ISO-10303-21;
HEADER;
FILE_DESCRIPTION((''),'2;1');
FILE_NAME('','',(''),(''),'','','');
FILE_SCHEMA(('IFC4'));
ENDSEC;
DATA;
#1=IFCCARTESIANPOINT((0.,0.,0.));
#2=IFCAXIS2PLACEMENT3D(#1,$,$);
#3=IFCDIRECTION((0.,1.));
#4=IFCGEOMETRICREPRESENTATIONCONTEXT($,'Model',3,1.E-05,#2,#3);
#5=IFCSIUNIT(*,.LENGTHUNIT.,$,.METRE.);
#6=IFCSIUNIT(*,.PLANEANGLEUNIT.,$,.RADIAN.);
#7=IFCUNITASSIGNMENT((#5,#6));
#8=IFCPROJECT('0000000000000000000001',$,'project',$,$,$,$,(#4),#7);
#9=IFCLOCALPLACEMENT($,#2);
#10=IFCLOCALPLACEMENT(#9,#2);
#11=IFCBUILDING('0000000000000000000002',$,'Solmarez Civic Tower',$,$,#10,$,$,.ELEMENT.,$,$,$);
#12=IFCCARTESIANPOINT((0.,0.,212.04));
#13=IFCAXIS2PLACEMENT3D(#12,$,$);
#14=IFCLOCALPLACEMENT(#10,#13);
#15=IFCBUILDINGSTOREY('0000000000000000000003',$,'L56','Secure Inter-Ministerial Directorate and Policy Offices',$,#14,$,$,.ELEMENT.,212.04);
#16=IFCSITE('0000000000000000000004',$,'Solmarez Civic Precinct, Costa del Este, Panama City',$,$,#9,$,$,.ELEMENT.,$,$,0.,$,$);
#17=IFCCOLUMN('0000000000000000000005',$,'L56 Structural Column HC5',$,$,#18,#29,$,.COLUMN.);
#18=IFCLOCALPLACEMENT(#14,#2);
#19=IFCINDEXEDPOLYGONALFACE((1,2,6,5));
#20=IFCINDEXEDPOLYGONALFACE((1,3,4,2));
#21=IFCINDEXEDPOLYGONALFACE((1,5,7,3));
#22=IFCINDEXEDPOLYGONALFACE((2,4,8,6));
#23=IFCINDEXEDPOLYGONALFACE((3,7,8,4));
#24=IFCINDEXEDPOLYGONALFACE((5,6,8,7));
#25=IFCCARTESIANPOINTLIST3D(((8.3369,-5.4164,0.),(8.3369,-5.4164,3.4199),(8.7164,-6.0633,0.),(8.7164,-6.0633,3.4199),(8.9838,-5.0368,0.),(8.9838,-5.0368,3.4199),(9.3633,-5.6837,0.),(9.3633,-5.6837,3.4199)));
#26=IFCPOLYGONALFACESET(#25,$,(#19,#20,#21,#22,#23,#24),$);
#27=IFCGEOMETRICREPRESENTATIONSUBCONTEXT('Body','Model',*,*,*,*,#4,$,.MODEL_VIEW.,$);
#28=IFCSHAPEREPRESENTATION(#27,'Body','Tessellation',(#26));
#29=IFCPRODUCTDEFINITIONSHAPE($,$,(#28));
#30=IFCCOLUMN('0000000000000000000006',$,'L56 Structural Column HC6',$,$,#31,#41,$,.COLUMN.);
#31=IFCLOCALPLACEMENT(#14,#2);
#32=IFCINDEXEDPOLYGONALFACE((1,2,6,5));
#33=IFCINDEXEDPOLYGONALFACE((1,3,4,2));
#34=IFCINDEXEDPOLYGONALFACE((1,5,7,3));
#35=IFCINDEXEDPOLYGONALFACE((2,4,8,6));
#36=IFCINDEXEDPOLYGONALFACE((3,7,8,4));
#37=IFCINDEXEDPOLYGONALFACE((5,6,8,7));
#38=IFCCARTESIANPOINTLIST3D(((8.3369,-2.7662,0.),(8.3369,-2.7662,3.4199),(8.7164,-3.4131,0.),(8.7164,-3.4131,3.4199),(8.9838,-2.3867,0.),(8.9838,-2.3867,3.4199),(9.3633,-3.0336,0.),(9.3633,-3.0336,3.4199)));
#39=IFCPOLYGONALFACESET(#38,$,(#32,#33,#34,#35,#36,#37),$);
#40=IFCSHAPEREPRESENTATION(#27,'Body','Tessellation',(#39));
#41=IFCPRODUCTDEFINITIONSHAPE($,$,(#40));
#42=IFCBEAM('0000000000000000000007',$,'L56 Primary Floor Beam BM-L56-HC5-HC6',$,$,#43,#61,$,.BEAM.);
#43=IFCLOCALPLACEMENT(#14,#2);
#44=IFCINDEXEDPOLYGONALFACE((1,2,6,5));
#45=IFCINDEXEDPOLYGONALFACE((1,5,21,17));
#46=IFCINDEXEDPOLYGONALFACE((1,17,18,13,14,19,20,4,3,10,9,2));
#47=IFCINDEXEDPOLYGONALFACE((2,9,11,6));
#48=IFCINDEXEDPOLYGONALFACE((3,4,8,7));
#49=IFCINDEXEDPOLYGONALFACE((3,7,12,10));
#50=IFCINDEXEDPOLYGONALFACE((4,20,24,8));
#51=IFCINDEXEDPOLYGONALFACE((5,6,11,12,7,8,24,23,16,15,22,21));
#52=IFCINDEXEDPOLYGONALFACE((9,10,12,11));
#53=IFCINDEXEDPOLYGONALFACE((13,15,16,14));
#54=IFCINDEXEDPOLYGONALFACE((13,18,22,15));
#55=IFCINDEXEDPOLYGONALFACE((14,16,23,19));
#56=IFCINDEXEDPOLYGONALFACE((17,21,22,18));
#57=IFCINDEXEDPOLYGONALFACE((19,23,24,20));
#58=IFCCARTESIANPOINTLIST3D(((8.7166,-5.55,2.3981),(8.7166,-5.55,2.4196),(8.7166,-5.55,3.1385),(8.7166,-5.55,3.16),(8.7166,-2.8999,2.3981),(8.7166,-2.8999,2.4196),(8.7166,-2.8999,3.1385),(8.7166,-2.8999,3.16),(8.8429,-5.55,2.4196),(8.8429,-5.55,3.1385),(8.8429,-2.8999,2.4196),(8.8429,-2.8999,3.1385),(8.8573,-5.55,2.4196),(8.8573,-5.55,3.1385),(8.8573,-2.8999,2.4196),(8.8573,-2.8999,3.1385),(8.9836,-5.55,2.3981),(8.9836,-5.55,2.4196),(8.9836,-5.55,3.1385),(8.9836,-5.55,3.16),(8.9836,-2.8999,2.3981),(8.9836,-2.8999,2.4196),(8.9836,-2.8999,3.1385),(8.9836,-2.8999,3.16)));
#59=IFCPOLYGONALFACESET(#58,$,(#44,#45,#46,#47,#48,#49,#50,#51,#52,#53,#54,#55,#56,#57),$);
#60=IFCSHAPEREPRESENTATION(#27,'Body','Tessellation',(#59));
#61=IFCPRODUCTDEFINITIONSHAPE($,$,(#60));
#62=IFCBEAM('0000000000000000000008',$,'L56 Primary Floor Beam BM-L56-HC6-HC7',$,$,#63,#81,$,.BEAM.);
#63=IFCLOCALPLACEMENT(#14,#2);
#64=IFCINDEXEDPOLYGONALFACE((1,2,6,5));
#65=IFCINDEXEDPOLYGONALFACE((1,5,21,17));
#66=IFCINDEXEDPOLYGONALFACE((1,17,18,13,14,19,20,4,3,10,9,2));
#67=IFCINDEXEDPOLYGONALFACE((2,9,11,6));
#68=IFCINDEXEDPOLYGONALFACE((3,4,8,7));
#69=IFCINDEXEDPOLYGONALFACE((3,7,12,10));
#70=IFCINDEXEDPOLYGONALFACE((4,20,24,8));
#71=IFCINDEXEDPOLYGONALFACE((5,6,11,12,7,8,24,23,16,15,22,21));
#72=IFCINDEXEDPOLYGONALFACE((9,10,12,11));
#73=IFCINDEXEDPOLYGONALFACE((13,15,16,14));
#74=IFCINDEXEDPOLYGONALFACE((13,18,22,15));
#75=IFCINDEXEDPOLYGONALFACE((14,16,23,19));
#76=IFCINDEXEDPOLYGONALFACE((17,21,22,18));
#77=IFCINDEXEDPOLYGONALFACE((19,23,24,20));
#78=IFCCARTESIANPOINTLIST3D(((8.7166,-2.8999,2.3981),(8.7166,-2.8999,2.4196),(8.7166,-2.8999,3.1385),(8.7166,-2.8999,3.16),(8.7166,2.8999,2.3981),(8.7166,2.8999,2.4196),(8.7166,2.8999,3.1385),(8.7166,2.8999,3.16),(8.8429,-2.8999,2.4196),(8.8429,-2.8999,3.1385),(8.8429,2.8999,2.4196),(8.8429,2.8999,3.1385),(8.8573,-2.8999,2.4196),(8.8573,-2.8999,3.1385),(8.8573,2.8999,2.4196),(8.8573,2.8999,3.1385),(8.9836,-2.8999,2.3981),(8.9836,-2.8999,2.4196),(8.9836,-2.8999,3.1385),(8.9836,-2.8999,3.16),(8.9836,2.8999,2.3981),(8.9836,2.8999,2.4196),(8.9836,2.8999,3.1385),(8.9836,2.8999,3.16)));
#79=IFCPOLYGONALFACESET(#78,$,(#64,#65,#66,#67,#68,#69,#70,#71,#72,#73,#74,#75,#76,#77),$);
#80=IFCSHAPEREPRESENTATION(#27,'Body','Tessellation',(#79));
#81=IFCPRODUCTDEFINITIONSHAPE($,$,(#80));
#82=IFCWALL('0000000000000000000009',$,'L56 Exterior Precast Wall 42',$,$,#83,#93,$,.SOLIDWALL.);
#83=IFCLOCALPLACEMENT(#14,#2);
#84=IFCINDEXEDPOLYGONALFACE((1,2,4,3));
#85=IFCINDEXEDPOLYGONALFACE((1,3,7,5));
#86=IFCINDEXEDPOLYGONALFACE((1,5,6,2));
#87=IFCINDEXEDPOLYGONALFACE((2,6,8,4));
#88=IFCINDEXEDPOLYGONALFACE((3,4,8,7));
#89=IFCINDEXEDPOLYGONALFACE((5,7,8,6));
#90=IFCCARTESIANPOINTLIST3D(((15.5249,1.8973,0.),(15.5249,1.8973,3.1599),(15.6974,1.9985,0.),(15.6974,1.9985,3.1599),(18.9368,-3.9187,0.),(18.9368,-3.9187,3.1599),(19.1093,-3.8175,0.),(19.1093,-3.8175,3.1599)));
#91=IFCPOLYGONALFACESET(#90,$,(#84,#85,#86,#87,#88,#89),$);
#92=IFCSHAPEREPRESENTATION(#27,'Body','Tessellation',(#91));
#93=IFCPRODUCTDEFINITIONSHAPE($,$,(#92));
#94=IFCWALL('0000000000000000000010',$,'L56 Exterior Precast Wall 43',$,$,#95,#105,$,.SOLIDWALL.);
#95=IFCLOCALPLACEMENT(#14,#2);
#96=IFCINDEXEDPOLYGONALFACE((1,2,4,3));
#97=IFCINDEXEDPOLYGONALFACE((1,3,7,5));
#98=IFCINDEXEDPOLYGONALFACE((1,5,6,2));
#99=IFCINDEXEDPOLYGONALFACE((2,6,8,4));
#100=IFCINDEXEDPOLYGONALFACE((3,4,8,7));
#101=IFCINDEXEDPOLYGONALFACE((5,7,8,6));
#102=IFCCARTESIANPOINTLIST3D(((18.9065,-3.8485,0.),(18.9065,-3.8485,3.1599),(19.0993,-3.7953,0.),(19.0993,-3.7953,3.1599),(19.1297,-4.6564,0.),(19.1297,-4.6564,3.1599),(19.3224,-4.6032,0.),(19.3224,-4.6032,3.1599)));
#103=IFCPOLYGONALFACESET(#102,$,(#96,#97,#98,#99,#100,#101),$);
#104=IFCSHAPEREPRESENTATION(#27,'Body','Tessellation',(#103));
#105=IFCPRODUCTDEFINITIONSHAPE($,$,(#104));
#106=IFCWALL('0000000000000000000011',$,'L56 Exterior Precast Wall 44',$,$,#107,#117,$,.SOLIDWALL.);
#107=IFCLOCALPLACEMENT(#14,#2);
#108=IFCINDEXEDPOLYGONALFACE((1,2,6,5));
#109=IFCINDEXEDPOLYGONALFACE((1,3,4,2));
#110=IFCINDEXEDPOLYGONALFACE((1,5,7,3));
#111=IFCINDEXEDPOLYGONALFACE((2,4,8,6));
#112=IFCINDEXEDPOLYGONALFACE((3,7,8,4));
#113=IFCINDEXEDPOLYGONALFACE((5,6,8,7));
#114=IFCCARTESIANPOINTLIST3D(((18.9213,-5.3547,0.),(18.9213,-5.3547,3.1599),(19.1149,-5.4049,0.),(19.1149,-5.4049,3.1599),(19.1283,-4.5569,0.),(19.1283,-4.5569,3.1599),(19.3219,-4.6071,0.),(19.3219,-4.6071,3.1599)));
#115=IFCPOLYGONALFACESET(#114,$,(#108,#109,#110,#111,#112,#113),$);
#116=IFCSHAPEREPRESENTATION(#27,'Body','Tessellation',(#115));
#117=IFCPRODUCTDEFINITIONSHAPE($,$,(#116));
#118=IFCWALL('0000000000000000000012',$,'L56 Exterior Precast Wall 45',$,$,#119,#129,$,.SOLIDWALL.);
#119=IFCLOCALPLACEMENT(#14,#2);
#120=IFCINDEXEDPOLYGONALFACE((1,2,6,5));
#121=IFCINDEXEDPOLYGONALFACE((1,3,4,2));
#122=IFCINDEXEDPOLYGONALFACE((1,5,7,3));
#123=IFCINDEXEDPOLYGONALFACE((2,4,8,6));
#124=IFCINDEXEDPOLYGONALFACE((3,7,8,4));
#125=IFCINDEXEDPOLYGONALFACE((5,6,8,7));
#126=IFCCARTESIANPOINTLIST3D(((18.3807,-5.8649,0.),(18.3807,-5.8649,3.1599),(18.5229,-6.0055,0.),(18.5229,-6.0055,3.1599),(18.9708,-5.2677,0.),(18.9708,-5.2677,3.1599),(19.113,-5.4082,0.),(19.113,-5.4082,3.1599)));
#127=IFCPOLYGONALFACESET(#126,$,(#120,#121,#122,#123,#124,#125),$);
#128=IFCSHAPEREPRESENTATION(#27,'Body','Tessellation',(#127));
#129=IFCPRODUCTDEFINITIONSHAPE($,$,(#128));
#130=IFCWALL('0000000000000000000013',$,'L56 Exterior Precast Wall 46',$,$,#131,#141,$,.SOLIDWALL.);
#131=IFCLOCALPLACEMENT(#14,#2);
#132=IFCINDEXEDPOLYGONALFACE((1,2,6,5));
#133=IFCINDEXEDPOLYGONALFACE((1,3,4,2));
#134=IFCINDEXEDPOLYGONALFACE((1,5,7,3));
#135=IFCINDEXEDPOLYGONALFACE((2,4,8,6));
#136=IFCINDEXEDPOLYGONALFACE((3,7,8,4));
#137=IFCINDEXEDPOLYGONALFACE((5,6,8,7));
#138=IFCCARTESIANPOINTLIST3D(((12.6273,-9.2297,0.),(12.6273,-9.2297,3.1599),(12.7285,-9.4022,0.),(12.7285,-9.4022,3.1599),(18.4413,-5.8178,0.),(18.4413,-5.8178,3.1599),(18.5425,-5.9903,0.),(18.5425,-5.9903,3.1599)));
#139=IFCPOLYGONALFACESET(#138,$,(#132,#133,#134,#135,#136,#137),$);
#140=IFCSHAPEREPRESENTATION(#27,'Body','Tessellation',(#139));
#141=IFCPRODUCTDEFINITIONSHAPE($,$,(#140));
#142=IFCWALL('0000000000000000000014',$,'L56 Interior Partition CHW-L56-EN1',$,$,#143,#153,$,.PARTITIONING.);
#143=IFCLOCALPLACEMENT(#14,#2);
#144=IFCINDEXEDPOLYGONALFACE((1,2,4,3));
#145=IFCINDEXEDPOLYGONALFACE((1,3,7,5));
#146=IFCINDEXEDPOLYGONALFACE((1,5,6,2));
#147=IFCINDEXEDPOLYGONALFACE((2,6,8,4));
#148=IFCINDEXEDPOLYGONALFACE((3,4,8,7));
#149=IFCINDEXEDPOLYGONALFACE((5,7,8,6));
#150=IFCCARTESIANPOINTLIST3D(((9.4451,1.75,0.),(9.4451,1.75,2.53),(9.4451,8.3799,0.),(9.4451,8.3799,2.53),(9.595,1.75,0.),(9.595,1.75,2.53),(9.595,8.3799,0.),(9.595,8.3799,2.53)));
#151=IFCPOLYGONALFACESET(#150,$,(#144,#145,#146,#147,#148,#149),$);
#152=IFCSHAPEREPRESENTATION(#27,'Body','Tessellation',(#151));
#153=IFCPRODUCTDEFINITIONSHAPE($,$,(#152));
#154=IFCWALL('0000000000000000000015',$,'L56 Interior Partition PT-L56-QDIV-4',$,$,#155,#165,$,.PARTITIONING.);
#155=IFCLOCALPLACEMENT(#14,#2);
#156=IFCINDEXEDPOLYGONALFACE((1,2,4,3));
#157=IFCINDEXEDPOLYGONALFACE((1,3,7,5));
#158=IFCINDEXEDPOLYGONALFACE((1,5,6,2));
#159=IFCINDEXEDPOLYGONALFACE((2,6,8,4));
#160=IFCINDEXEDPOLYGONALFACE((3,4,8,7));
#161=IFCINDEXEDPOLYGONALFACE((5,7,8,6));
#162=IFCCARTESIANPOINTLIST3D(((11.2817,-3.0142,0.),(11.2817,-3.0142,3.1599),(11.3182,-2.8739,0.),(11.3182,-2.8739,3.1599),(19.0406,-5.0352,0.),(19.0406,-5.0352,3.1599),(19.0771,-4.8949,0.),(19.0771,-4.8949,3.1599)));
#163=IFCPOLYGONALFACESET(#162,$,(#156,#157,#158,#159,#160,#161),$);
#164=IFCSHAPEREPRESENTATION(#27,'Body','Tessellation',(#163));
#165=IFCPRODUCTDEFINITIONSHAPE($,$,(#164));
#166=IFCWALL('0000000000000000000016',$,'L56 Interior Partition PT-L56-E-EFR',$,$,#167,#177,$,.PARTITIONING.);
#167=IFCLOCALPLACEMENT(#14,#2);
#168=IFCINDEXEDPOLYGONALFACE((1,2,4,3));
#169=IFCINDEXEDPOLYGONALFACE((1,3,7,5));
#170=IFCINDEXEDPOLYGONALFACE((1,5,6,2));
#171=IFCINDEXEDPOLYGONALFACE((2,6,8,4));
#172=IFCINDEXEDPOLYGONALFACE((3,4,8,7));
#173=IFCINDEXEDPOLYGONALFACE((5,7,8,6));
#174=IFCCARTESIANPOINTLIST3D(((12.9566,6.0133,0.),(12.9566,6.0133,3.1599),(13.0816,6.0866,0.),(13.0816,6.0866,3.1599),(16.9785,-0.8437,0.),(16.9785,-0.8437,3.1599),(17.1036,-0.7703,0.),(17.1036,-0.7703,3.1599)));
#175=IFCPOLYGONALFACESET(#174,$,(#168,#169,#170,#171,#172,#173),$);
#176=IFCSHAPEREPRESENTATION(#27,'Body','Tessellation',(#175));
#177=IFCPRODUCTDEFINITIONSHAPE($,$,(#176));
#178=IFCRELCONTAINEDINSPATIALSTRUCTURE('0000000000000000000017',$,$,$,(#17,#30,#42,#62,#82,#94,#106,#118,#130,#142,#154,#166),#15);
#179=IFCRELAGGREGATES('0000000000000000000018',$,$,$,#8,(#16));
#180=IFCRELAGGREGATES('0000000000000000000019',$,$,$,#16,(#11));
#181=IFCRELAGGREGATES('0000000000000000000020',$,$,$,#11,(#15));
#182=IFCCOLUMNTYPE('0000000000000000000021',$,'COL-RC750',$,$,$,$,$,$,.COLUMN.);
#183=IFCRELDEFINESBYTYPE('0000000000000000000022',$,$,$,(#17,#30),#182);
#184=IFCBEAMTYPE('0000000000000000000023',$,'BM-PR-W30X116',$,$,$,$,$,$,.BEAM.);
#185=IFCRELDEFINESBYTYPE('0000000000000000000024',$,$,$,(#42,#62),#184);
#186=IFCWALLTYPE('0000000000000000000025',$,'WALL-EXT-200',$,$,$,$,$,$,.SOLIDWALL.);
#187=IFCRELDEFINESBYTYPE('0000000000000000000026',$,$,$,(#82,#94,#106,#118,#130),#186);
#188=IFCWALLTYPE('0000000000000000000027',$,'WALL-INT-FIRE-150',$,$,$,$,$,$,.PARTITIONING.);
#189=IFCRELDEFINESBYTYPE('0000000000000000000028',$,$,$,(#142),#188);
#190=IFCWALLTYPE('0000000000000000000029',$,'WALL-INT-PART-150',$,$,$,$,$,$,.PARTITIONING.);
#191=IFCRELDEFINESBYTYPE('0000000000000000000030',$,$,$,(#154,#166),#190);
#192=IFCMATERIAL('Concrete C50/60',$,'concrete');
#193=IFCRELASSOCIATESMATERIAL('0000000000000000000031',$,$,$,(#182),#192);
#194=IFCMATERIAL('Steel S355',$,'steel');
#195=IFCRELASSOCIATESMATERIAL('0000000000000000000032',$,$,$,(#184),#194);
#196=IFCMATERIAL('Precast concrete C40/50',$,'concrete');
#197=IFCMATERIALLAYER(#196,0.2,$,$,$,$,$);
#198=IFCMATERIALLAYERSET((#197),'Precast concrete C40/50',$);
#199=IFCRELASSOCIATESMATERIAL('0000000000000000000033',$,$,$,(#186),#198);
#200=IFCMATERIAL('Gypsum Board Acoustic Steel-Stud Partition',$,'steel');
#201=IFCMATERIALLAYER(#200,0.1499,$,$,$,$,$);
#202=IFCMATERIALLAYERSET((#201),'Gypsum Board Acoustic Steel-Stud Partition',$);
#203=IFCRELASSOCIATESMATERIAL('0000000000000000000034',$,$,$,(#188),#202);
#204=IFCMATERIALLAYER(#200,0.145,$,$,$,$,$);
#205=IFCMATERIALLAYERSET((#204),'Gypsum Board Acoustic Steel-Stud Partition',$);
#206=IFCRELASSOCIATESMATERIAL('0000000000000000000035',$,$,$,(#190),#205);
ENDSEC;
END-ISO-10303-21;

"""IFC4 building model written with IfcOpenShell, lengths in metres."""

from ifc_helpers import new_model, si_unit, direction, frame, frame_2d, origin, origin_2d, place, context, subcontext, project, spatial, rectangle, i_section, extrude, material, layer, layer_set, material_profile, profile_set, type_object, element, save


model = new_model("IFC4")

# Units and contexts
model_context = context("Model", 3, precision=1e-05, world=origin(), true_north=direction((0.0, 1.0)))
body_context = subcontext(model_context, "Body", "Model", "MODEL_VIEW")
ifc_project = project(units=[si_unit("LENGTHUNIT", "METRE"), si_unit("PLANEANGLEUNIT", "RADIAN")], contexts=[model_context])

# Site, building, storey
site_placement = place(None, origin())
site = spatial("IfcSite", under=ifc_project, at=site_placement, Name="Solmarez Civic Precinct, Costa del Este, Panama City", CompositionType="ELEMENT", RefElevation=0.0)
building_placement = place(site_placement, origin())
building = spatial("IfcBuilding", under=site, at=building_placement, Name="Solmarez Civic Tower", CompositionType="ELEMENT")
storey_placement = place(building_placement, frame((0.0, 0.0, 212.04)))
storey = spatial("IfcBuildingStorey", under=building, at=storey_placement, Name="L56", Description="Secure Inter-Ministerial Directorate and Policy Offices", CompositionType="ELEMENT", Elevation=212.04)

# Columns
ifc_material_1 = material(Name="Concrete C50/60", Category="concrete")
ifc_material_profile_1 = material_profile(ifc_material_1, rectangle(XDim=0.75, YDim=0.75, at=origin_2d()), Name="RC750X750")
ifc_profile_set_1 = profile_set([ifc_material_profile_1], Name="Concrete C50/60")
column_type = type_object("IfcColumnType", Name="COL-RC750", PredefinedType="COLUMN", material=ifc_profile_set_1)
for number, where, z_axis, x_axis, name in (
    (1, (8.8501, -5.55, 0.0), (0.0, 0.0, 1.0), (0.862514, 0.506034, 0.0), "L56 Structural Column HC5"),
    (2, (8.8501, -2.8999, 0.0), (0.0, 0.0, 1.0), (0.862514, 0.506034, 0.0), "L56 Structural Column HC6"),
):
    element("IfcColumn", number, at=place(storey_placement, frame(where, z_axis=z_axis, x_axis=x_axis)), inside=storey, type_object=column_type, Name=name, PredefinedType="COLUMN", context=body_context, shape_type="SweptSolid", body=[
        extrude(rectangle(XDim=0.75, YDim=0.75, at=origin_2d()), origin(), (0.0, 0.0, 1.0), 3.4199),
    ])

# Beams
ifc_material_2 = material(Name="Steel S355", Category="steel")
ifc_material_profile_2 = material_profile(ifc_material_2, i_section(OverallWidth=0.2671, OverallDepth=0.762, WebThickness=0.0144, FlangeThickness=0.0215, at=origin_2d()), Name="W30X116")
ifc_profile_set_2 = profile_set([ifc_material_profile_2], Name="Steel S355")
beam_type = type_object("IfcBeamType", Name="BM-PR-W30X116", PredefinedType="BEAM", material=ifc_profile_set_2)
beam_1_placement = place(storey_placement, frame((8.8501, -5.55, 2.7791), z_axis=(0.0, 1.0, 0.0), x_axis=(-1.0, 0.0, 0.0)))
element("IfcBeam", 3, at=beam_1_placement, inside=storey, type_object=beam_type, Name="L56 Primary Floor Beam BM-L56-HC5-HC6", PredefinedType="BEAM", context=body_context, shape_type="SweptSolid", body=[
    extrude(i_section(OverallWidth=0.2671, OverallDepth=0.762, WebThickness=0.0144, FlangeThickness=0.0215, at=origin_2d()), origin(), (0.0, 0.0, 1.0), 2.6501),
])
beam_2_placement = place(storey_placement, frame((8.8501, -2.8999, 2.7791), z_axis=(0.0, 1.0, 0.0), x_axis=(-1.0, 0.0, 0.0)))
element("IfcBeam", 4, at=beam_2_placement, inside=storey, type_object=beam_type, Name="L56 Primary Floor Beam BM-L56-HC6-HC7", PredefinedType="BEAM", context=body_context, shape_type="SweptSolid", body=[
    extrude(i_section(OverallWidth=0.2671, OverallDepth=0.762, WebThickness=0.0144, FlangeThickness=0.0215, at=origin_2d()), origin(), (0.0, 0.0, 1.0), 5.7998),
])

# Walls
ifc_material_3 = material(Name="Precast concrete C40/50", Category="concrete")
ifc_layer_1 = layer(ifc_material_3, 0.2)
ifc_layer_set_1 = layer_set([ifc_layer_1], Name="Precast concrete C40/50")
wall_type_1 = type_object("IfcWallType", Name="WALL-EXT-200", PredefinedType="SOLIDWALL", material=ifc_layer_set_1)
wall_1_placement = place(storey_placement, frame((15.6111, 1.948, 0.0), z_axis=(0.0, 0.0, 1.0), x_axis=(0.505999, -0.862534, 0.0)))
element("IfcWall", 5, at=wall_1_placement, inside=storey, type_object=wall_type_1, Name="L56 Exterior Precast Wall 42", PredefinedType="SOLIDWALL", context=body_context, shape_type="SweptSolid", body=[
    extrude(rectangle(XDim=6.7429, YDim=0.2, at=frame_2d((3.3716, 0.0))), origin(), (0.0, 0.0, 1.0), 3.1599),
])
wall_2_placement = place(storey_placement, frame((19.0029, -3.822, 0.0), z_axis=(0.0, 0.0, 1.0), x_axis=(0.266246, -0.963905, 0.0)))
element("IfcWall", 6, at=wall_2_placement, inside=storey, type_object=wall_type_1, Name="L56 Exterior Precast Wall 43", PredefinedType="SOLIDWALL", context=body_context, shape_type="SweptSolid", body=[
    extrude(rectangle(XDim=0.8381, YDim=0.2, at=frame_2d((0.4189, 0.0))), origin(), (0.0, 0.0, 1.0), 3.1599),
])
wall_3_placement = place(storey_placement, frame((19.2251, -4.582, 0.0), z_axis=(0.0, 0.0, 1.0), x_axis=(-0.251168, -0.967944, 0.0)))
element("IfcWall", 7, at=wall_3_placement, inside=storey, type_object=wall_type_1, Name="L56 Exterior Precast Wall 44", PredefinedType="SOLIDWALL", context=body_context, shape_type="SweptSolid", body=[
    extrude(rectangle(XDim=0.8242, YDim=0.2, at=frame_2d((0.4121, 0.0))), origin(), (0.0, 0.0, 1.0), 3.1599),
])
wall_4_placement = place(storey_placement, frame((19.042, -5.3379, 0.0), z_axis=(0.0, 0.0, 1.0), x_axis=(-0.702878, -0.711311, 0.0)))
element("IfcWall", 8, at=wall_4_placement, inside=storey, type_object=wall_type_1, Name="L56 Exterior Precast Wall 45", PredefinedType="SOLIDWALL", context=body_context, shape_type="SweptSolid", body=[
    extrude(rectangle(XDim=0.8396, YDim=0.2, at=frame_2d((0.4199, 0.0))), origin(), (0.0, 0.0, 1.0), 3.1599),
])
wall_5_placement = place(storey_placement, frame((18.4919, -5.9041, 0.0), z_axis=(0.0, 0.0, 1.0), x_axis=(-0.86246, -0.506126, 0.0)))
element("IfcWall", 9, at=wall_5_placement, inside=storey, type_object=wall_type_1, Name="L56 Exterior Precast Wall 46", PredefinedType="SOLIDWALL", context=body_context, shape_type="SweptSolid", body=[
    extrude(rectangle(XDim=6.7412, YDim=0.2, at=frame_2d((3.3706, 0.0))), origin(), (0.0, 0.0, 1.0), 3.1599),
])
ifc_material_4 = material(Name="Gypsum Board Acoustic Steel-Stud Partition", Category="steel")
ifc_layer_2 = layer(ifc_material_4, 0.1499)
ifc_layer_set_2 = layer_set([ifc_layer_2], Name="Gypsum Board Acoustic Steel-Stud Partition")
wall_type_2 = type_object("IfcWallType", Name="WALL-INT-FIRE-150", PredefinedType="PARTITIONING", material=ifc_layer_set_2)
wall_6_placement = place(storey_placement, frame((9.52, 1.75, 0.0), z_axis=(0.0, 0.0, 1.0), x_axis=(0.0, 1.0, 0.0)))
element("IfcWall", 10, at=wall_6_placement, inside=storey, type_object=wall_type_2, Name="L56 Interior Partition CHW-L56-EN1", PredefinedType="PARTITIONING", context=body_context, shape_type="SweptSolid", body=[
    extrude(rectangle(XDim=6.6299, YDim=0.1499, at=frame_2d((3.3149, 0.0))), origin(), (0.0, 0.0, 1.0), 2.53),
])
ifc_layer_3 = layer(ifc_material_4, 0.145)
ifc_layer_set_3 = layer_set([ifc_layer_3], Name="Gypsum Board Acoustic Steel-Stud Partition")
wall_type_3 = type_object("IfcWallType", Name="WALL-INT-PART-150", PredefinedType="PARTITIONING", material=ifc_layer_set_3)
wall_7_placement = place(storey_placement, frame((11.3, -2.9441, 0.0), z_axis=(0.0, 0.0, 1.0), x_axis=(0.967712, -0.25206, 0.0)))
element("IfcWall", 11, at=wall_7_placement, inside=storey, type_object=wall_type_3, Name="L56 Interior Partition PT-L56-QDIV-4", PredefinedType="PARTITIONING", context=body_context, shape_type="SweptSolid", body=[
    extrude(rectangle(XDim=8.0178, YDim=0.145, at=frame_2d((4.0088, 0.0))), origin(), (0.0, 0.0, 1.0), 3.1599),
])
wall_8_placement = place(storey_placement, frame((17.041, -0.8069, 0.0), z_axis=(0.0, 0.0, 1.0), x_axis=(-0.505943, 0.862567, 0.0)))
element("IfcWall", 12, at=wall_8_placement, inside=storey, type_object=wall_type_3, Name="L56 Interior Partition PT-L56-E-EFR", PredefinedType="PARTITIONING", context=body_context, shape_type="SweptSolid", body=[
    extrude(rectangle(XDim=7.9495, YDim=0.145, at=frame_2d((3.9746, 0.0))), origin(), (0.0, 0.0, 1.0), 3.1599),
])

save(model, "model.ifc")
